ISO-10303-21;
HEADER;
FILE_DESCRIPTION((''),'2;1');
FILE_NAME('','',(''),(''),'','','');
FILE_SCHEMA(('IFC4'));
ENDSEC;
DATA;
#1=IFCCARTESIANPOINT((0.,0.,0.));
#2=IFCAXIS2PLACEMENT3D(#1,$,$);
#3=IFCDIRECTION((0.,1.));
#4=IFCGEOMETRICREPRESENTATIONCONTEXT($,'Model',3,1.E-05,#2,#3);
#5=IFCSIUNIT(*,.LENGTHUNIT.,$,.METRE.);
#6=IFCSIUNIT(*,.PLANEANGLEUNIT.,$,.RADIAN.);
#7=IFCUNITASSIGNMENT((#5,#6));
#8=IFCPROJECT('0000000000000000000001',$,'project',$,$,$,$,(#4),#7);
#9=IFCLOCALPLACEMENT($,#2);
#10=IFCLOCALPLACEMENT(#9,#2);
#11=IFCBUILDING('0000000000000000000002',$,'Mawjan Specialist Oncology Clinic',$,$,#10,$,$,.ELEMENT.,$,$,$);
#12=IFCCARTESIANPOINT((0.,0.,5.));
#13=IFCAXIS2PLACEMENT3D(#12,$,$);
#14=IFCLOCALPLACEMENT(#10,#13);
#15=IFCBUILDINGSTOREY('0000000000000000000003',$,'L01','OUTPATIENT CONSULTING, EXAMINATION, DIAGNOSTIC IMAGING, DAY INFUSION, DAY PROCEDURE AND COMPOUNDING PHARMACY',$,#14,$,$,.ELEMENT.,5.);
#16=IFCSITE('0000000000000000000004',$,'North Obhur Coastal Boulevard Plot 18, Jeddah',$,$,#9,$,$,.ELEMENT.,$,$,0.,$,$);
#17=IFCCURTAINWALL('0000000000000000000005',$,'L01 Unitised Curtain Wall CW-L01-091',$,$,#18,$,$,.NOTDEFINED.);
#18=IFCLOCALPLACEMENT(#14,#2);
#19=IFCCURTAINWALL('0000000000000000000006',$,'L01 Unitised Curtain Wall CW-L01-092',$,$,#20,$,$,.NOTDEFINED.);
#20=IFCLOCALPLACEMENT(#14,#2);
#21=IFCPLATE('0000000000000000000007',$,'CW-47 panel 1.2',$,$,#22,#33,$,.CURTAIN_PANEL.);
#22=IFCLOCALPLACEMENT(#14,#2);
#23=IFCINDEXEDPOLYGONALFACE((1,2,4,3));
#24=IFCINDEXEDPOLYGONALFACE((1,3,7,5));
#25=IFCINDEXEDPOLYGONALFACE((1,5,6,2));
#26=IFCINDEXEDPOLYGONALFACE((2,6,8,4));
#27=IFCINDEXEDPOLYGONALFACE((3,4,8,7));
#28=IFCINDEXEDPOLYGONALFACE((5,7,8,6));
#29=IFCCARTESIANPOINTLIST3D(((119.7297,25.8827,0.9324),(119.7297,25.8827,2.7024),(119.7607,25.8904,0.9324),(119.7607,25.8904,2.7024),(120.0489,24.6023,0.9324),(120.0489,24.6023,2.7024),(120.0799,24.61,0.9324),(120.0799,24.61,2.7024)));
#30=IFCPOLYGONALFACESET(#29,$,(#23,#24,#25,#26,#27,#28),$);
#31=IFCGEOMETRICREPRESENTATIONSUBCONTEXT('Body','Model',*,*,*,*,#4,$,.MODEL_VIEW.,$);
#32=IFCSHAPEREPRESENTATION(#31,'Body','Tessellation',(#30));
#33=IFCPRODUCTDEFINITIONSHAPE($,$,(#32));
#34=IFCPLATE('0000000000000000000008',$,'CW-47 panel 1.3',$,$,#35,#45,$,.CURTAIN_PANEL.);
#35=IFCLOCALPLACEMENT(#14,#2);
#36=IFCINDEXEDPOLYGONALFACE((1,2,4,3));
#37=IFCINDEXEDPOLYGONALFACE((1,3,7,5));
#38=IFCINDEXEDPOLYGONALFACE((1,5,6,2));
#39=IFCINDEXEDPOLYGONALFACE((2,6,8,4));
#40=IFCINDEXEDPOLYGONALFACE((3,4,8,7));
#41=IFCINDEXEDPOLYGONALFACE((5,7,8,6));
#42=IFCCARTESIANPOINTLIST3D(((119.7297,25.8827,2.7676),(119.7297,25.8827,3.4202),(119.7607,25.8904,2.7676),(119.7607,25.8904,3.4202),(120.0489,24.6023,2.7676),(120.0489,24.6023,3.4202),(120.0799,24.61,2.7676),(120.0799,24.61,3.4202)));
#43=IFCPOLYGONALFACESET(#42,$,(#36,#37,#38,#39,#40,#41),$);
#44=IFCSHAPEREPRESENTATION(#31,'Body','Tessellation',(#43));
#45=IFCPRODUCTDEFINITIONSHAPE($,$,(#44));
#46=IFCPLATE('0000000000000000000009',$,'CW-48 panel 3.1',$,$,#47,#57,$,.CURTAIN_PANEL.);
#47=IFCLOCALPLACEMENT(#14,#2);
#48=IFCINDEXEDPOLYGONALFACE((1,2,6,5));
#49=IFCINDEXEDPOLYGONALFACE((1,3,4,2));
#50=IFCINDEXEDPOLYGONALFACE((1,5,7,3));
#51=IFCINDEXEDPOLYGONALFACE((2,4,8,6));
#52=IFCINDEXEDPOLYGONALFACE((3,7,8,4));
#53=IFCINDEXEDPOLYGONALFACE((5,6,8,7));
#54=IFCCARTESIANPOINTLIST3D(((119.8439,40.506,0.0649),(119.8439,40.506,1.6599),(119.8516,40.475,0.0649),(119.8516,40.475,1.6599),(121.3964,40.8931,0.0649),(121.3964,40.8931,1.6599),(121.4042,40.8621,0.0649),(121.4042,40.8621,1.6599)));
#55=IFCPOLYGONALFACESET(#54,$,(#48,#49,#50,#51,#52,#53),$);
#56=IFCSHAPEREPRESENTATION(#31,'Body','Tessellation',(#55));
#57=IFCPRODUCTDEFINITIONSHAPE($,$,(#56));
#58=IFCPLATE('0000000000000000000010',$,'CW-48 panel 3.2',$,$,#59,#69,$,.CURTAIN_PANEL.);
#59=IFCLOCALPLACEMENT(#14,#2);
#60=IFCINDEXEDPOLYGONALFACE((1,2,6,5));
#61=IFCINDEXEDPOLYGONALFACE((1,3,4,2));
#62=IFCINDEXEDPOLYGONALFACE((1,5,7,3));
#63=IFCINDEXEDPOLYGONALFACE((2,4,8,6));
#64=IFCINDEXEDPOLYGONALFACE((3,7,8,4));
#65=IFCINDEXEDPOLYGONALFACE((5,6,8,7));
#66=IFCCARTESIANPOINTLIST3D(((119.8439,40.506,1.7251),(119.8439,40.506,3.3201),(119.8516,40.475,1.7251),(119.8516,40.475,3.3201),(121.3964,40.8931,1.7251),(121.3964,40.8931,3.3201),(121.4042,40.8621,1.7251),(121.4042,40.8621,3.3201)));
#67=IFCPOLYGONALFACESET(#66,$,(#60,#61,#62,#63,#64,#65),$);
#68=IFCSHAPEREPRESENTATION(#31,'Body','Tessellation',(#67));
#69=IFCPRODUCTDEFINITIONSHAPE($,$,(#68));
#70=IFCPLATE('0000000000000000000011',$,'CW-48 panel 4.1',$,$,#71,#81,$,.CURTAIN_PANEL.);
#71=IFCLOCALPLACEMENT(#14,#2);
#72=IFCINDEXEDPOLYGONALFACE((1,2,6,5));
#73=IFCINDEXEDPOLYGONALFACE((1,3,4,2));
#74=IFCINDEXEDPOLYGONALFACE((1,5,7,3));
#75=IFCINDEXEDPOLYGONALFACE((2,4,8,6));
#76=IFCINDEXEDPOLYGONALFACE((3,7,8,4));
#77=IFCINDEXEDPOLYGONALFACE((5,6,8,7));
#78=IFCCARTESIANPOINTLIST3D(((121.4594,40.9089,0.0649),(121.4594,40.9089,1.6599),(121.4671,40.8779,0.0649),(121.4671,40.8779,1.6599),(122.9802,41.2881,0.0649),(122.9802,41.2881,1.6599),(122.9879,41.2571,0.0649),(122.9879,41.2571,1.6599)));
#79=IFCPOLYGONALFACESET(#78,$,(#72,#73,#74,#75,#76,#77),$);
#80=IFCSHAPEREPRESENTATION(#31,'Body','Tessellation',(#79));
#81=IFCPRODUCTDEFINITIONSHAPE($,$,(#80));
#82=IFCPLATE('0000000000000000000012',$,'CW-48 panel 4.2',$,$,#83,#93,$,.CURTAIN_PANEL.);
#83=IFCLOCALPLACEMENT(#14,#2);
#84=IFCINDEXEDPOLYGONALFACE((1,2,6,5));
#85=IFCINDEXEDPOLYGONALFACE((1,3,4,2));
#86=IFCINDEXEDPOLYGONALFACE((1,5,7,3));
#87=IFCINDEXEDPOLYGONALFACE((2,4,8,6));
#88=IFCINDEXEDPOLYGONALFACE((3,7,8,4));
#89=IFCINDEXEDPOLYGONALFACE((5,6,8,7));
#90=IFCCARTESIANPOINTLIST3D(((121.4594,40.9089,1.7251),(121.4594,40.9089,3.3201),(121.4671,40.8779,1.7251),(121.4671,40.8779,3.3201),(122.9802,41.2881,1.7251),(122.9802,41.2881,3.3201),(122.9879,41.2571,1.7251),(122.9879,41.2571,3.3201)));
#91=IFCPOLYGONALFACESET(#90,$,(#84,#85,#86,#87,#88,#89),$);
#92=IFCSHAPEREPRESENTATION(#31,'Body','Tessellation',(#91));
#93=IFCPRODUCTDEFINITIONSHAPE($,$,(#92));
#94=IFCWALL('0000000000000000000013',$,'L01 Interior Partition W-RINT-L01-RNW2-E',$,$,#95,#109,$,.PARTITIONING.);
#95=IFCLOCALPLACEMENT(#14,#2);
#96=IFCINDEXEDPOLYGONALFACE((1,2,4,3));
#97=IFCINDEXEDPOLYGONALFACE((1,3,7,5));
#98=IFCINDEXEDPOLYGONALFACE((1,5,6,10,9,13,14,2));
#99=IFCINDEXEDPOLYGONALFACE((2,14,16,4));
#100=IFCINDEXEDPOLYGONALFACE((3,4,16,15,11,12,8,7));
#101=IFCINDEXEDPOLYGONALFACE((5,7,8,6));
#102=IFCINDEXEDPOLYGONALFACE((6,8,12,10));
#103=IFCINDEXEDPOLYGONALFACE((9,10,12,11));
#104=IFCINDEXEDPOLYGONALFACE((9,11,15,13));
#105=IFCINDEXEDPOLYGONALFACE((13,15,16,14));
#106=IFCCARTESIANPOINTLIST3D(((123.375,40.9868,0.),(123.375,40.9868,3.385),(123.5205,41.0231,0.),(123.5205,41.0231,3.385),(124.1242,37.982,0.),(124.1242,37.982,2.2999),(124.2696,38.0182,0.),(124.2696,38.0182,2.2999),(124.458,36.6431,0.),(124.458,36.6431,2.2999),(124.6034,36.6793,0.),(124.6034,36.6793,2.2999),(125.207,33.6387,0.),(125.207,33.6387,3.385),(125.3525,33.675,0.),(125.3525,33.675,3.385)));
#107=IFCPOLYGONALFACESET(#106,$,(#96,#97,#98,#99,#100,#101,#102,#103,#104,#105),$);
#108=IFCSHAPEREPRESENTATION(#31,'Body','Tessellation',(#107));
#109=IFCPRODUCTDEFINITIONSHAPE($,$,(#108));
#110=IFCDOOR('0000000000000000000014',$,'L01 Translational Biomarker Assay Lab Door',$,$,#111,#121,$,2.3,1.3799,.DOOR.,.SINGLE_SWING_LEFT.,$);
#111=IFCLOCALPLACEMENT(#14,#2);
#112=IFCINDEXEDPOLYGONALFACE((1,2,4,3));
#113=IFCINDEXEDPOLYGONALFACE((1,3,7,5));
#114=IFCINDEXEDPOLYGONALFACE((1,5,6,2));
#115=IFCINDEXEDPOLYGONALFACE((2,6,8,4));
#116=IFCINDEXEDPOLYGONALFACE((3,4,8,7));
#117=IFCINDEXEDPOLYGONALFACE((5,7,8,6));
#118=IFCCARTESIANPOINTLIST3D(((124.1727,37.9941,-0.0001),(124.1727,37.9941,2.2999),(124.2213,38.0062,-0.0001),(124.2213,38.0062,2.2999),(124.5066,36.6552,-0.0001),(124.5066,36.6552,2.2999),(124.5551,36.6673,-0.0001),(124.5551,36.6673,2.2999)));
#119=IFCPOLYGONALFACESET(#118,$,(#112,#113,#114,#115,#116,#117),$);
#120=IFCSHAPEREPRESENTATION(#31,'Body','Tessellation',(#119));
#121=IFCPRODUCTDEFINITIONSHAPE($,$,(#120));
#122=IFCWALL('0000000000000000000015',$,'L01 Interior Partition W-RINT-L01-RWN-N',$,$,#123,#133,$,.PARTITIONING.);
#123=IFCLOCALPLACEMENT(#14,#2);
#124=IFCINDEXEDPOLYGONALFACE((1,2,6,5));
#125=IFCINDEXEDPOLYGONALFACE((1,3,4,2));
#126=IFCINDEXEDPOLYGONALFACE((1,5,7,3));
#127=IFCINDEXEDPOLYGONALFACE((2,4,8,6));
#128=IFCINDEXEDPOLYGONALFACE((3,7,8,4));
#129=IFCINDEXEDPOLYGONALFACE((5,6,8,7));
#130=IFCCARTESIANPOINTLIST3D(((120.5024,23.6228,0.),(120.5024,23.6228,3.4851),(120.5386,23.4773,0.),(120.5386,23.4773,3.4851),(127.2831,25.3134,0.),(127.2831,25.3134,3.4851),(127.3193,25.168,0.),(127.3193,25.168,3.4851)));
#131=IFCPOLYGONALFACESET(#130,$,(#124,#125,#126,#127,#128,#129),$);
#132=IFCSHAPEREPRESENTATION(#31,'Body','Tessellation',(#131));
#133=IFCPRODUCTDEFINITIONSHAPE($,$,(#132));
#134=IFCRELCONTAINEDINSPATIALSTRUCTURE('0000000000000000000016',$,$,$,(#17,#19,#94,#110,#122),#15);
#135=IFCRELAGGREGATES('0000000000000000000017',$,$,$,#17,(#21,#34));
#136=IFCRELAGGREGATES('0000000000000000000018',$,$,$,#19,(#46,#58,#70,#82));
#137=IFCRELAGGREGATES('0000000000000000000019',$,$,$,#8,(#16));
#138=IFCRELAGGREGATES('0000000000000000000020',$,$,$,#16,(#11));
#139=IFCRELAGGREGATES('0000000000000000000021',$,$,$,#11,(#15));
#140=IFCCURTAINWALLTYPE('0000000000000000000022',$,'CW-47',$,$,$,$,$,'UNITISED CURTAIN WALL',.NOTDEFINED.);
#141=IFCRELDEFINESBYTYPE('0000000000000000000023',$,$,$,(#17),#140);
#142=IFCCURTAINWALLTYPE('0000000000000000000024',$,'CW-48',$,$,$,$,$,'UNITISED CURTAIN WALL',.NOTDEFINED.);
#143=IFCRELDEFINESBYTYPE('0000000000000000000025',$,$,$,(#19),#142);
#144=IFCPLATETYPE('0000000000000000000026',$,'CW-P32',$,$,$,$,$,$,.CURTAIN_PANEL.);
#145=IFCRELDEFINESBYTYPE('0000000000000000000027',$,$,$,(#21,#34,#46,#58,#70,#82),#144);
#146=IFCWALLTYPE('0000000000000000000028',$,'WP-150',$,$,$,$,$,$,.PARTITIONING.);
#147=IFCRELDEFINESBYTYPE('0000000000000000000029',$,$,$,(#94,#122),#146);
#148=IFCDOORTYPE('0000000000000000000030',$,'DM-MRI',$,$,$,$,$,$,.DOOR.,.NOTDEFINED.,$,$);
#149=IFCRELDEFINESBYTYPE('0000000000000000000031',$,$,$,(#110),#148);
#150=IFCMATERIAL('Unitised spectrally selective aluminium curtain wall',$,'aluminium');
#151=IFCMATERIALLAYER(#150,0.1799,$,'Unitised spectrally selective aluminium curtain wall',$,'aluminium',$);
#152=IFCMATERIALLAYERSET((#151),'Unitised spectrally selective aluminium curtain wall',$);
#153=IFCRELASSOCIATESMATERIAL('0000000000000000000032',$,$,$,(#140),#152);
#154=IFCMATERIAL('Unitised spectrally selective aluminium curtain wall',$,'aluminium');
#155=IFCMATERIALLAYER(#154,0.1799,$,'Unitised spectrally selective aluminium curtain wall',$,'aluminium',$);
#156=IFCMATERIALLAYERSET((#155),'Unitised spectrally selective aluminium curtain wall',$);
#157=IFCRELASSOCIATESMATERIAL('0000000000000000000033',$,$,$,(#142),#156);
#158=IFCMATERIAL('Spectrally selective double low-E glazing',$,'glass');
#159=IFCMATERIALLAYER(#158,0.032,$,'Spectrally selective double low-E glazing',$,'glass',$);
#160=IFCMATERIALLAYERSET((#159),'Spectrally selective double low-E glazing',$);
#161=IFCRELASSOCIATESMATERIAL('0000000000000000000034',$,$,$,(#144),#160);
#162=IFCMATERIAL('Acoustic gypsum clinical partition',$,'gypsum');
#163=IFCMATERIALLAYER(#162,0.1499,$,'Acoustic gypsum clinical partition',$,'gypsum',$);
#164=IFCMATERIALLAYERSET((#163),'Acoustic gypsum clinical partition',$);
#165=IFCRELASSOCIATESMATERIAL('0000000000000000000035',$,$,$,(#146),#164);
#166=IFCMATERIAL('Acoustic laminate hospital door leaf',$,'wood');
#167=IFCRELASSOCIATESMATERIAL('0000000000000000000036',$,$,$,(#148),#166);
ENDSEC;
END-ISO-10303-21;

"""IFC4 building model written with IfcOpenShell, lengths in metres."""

from ifc_helpers import new_model, si_unit, direction, frame, frame_2d, origin, origin_2d, place, context, subcontext, project, spatial, rectangle, extrude, material, layer, layer_set, type_object, element, fill, aggregate, save


model = new_model("IFC4")

# Units and contexts
model_context = context("Model", 3, precision=1e-05, world=origin(), true_north=direction((0.0, 1.0)))
body_context = subcontext(model_context, "Body", "Model", "MODEL_VIEW")
ifc_project = project(units=[si_unit("LENGTHUNIT", "METRE"), si_unit("PLANEANGLEUNIT", "RADIAN")], contexts=[model_context])

# Site, building, storey
site_placement = place(None, origin())
site = spatial("IfcSite", under=ifc_project, at=site_placement, Name="North Obhur Coastal Boulevard Plot 18, Jeddah", CompositionType="ELEMENT", RefElevation=0.0)
building_placement = place(site_placement, origin())
building = spatial("IfcBuilding", under=site, at=building_placement, Name="Mawjan Specialist Oncology Clinic", CompositionType="ELEMENT")
storey_placement = place(building_placement, frame((0.0, 0.0, 5.0)))
storey = spatial("IfcBuildingStorey", under=building, at=storey_placement, Name="L01", Description="OUTPATIENT CONSULTING, EXAMINATION, DIAGNOSTIC IMAGING, DAY INFUSION, DAY PROCEDURE AND COMPOUNDING PHARMACY", CompositionType="ELEMENT", Elevation=5.0)

# Curtain walls
ifc_material_1 = material(Name="Unitised spectrally selective aluminium curtain wall", Category="aluminium")
ifc_layer_1 = layer(ifc_material_1, 0.1799, Name="Unitised spectrally selective aluminium curtain wall", Category="aluminium")
ifc_layer_set_1 = layer_set([ifc_layer_1], Name="Unitised spectrally selective aluminium curtain wall")
curtain_wall_type_1 = type_object("IfcCurtainWallType", Name="CW-47", ElementType="UNITISED CURTAIN WALL", PredefinedType="NOTDEFINED", material=ifc_layer_set_1)
curtain_wall_1_placement = place(storey_placement, origin())
curtain_wall_1 = element("IfcCurtainWall", 1, at=curtain_wall_1_placement, inside=storey, type_object=curtain_wall_type_1, Name="L01 Unitised Curtain Wall CW-L01-091", PredefinedType="NOTDEFINED")
ifc_material_2 = material(Name="Unitised spectrally selective aluminium curtain wall", Category="aluminium")
ifc_layer_2 = layer(ifc_material_2, 0.1799, Name="Unitised spectrally selective aluminium curtain wall", Category="aluminium")
ifc_layer_set_2 = layer_set([ifc_layer_2], Name="Unitised spectrally selective aluminium curtain wall")
curtain_wall_type_2 = type_object("IfcCurtainWallType", Name="CW-48", ElementType="UNITISED CURTAIN WALL", PredefinedType="NOTDEFINED", material=ifc_layer_set_2)
curtain_wall_2_placement = place(storey_placement, origin())
curtain_wall_2 = element("IfcCurtainWall", 2, at=curtain_wall_2_placement, inside=storey, type_object=curtain_wall_type_2, Name="L01 Unitised Curtain Wall CW-L01-092", PredefinedType="NOTDEFINED")

# Plates
ifc_material_3 = material(Name="Spectrally selective double low-E glazing", Category="glass")
ifc_layer_3 = layer(ifc_material_3, 0.032, Name="Spectrally selective double low-E glazing", Category="glass")
ifc_layer_set_3 = layer_set([ifc_layer_3], Name="Spectrally selective double low-E glazing")
plate_type = type_object("IfcPlateType", Name="CW-P32", PredefinedType="CURTAIN_PANEL", material=ifc_layer_set_3)
plate_1_placement = place(storey_placement, frame((119.9048, 25.2463, 0.9324), z_axis=(0.0, 0.0, 1.0), x_axis=(-0.241922, 0.970296, 0.0)))
plate_1 = element("IfcPlate", 3, at=plate_1_placement, type_object=plate_type, Name="CW-47 panel 1.2", PredefinedType="CURTAIN_PANEL", context=body_context, shape_type="SweptSolid", body=[
    extrude(rectangle(XDim=1.3196, YDim=0.032, at=origin_2d()), origin(), (0.0, 0.0, 1.0), 1.77),
])
plate_2_placement = place(storey_placement, frame((119.9048, 25.2463, 2.7676), z_axis=(0.0, 0.0, 1.0), x_axis=(-0.241922, 0.970296, 0.0)))
plate_2 = element("IfcPlate", 4, at=plate_2_placement, type_object=plate_type, Name="CW-47 panel 1.3", PredefinedType="CURTAIN_PANEL", context=body_context, shape_type="SweptSolid", body=[
    extrude(rectangle(XDim=1.3196, YDim=0.032, at=origin_2d()), origin(), (0.0, 0.0, 1.0), 0.6526),
])
aggregate(curtain_wall_1, [plate_1, plate_2])
plate_3_placement = place(storey_placement, frame((120.624, 40.6841, 0.0649), z_axis=(0.0, 0.0, 1.0), x_axis=(0.970296, 0.241922, 0.0)))
plate_3 = element("IfcPlate", 5, at=plate_3_placement, type_object=plate_type, Name="CW-48 panel 3.1", PredefinedType="CURTAIN_PANEL", context=body_context, shape_type="SweptSolid", body=[
    extrude(rectangle(XDim=1.6001, YDim=0.032, at=origin_2d()), origin(), (0.0, 0.0, 1.0), 1.595),
])
plate_4_placement = place(storey_placement, frame((120.624, 40.6841, 1.7251), z_axis=(0.0, 0.0, 1.0), x_axis=(0.970296, 0.241922, 0.0)))
plate_4 = element("IfcPlate", 6, at=plate_4_placement, type_object=plate_type, Name="CW-48 panel 3.2", PredefinedType="CURTAIN_PANEL", context=body_context, shape_type="SweptSolid", body=[
    extrude(rectangle(XDim=1.6001, YDim=0.032, at=origin_2d()), origin(), (0.0, 0.0, 1.0), 1.595),
])
plate_5_placement = place(storey_placement, frame((122.2236, 41.083, 0.0649), z_axis=(0.0, 0.0, 1.0), x_axis=(0.970296, 0.241922, 0.0)))
plate_5 = element("IfcPlate", 7, at=plate_5_placement, type_object=plate_type, Name="CW-48 panel 4.1", PredefinedType="CURTAIN_PANEL", context=body_context, shape_type="SweptSolid", body=[
    extrude(rectangle(XDim=1.5674, YDim=0.032, at=origin_2d()), origin(), (0.0, 0.0, 1.0), 1.595),
])
plate_6_placement = place(storey_placement, frame((122.2236, 41.083, 1.7251), z_axis=(0.0, 0.0, 1.0), x_axis=(0.970296, 0.241922, 0.0)))
plate_6 = element("IfcPlate", 8, at=plate_6_placement, type_object=plate_type, Name="CW-48 panel 4.2", PredefinedType="CURTAIN_PANEL", context=body_context, shape_type="SweptSolid", body=[
    extrude(rectangle(XDim=1.5674, YDim=0.032, at=origin_2d()), origin(), (0.0, 0.0, 1.0), 1.595),
])
aggregate(curtain_wall_2, [plate_3, plate_4, plate_5, plate_6])

# Wall, opening, door
ifc_material_4 = material(Name="Acoustic gypsum clinical partition", Category="gypsum")
ifc_layer_4 = layer(ifc_material_4, 0.1499, Name="Acoustic gypsum clinical partition", Category="gypsum")
ifc_layer_set_4 = layer_set([ifc_layer_4], Name="Acoustic gypsum clinical partition")
wall_type_1 = type_object("IfcWallType", Name="WP-150", PredefinedType="PARTITIONING", material=ifc_layer_set_4)
wall_1_placement = place(storey_placement, frame((125.2798, 33.6567, 0.0), z_axis=(0.0, 0.0, 1.0), x_axis=(-0.241914, 0.970298, 0.0)))
wall_1 = element("IfcWall", 9, at=wall_1_placement, inside=storey, type_object=wall_type_1, Name="L01 Interior Partition W-RINT-L01-RNW2-E", PredefinedType="PARTITIONING", context=body_context, shape_type="SweptSolid", body=[
    extrude(rectangle(XDim=7.573, YDim=0.1499, at=frame_2d((3.7866, 0.0))), origin(), (0.0, 0.0, 1.0), 3.385),
])
opening_1_placement = place(wall_1_placement, frame((3.0964, 0.0, 0.0)))
opening_1 = element("IfcOpeningElement", 10, at=opening_1_placement, cuts=wall_1, PredefinedType="OPENING", context=body_context, shape_type="SweptSolid", body=[
    extrude(rectangle(XDim=1.3799, YDim=2.3, at=frame_2d((0.6899, 1.1499))), frame((0.0, 0.0869, 0.0), z_axis=(0.0, -1.0, 0.0), x_axis=(1.0, 0.0, 0.0)), (0.0, 0.0, 1.0), 0.1738),
])
ifc_material_5 = material(Name="Acoustic laminate hospital door leaf", Category="wood")
door_type_1 = type_object("IfcDoorType", Name="DM-MRI", OperationType="NOTDEFINED", PredefinedType="DOOR", material=ifc_material_5)
door_1_placement = place(opening_1_placement, origin())
door_1 = element("IfcDoor", 11, at=door_1_placement, inside=storey, type_object=door_type_1, Name="L01 Translational Biomarker Assay Lab Door", OperationType="SINGLE_SWING_LEFT", OverallHeight=2.3, OverallWidth=1.3799, PredefinedType="DOOR", context=body_context, shape_type="SweptSolid", body=[
    extrude(rectangle(XDim=1.3799, YDim=2.3, at=frame_2d((0.6899, 1.1499))), frame((0.0, 0.0249, 0.0), z_axis=(0.0, -1.0, 0.0), x_axis=(1.0, 0.0, 0.0)), (0.0, 0.0, 1.0), 0.05),
])
fill(opening_1, door_1)

# Wall
wall_2_placement = place(storey_placement, frame((120.5205, 23.55, 0.0), z_axis=(0.0, 0.0, 1.0), x_axis=(0.970294, 0.241927, 0.0)))
element("IfcWall", 12, at=wall_2_placement, inside=storey, type_object=wall_type_1, Name="L01 Interior Partition W-RINT-L01-RWN-N", PredefinedType="PARTITIONING", context=body_context, shape_type="SweptSolid", body=[
    extrude(rectangle(XDim=6.9883, YDim=0.1499, at=frame_2d((3.4941, 0.0))), origin(), (0.0, 0.0, 1.0), 3.4851),
])

save(model, "model.ifc")
